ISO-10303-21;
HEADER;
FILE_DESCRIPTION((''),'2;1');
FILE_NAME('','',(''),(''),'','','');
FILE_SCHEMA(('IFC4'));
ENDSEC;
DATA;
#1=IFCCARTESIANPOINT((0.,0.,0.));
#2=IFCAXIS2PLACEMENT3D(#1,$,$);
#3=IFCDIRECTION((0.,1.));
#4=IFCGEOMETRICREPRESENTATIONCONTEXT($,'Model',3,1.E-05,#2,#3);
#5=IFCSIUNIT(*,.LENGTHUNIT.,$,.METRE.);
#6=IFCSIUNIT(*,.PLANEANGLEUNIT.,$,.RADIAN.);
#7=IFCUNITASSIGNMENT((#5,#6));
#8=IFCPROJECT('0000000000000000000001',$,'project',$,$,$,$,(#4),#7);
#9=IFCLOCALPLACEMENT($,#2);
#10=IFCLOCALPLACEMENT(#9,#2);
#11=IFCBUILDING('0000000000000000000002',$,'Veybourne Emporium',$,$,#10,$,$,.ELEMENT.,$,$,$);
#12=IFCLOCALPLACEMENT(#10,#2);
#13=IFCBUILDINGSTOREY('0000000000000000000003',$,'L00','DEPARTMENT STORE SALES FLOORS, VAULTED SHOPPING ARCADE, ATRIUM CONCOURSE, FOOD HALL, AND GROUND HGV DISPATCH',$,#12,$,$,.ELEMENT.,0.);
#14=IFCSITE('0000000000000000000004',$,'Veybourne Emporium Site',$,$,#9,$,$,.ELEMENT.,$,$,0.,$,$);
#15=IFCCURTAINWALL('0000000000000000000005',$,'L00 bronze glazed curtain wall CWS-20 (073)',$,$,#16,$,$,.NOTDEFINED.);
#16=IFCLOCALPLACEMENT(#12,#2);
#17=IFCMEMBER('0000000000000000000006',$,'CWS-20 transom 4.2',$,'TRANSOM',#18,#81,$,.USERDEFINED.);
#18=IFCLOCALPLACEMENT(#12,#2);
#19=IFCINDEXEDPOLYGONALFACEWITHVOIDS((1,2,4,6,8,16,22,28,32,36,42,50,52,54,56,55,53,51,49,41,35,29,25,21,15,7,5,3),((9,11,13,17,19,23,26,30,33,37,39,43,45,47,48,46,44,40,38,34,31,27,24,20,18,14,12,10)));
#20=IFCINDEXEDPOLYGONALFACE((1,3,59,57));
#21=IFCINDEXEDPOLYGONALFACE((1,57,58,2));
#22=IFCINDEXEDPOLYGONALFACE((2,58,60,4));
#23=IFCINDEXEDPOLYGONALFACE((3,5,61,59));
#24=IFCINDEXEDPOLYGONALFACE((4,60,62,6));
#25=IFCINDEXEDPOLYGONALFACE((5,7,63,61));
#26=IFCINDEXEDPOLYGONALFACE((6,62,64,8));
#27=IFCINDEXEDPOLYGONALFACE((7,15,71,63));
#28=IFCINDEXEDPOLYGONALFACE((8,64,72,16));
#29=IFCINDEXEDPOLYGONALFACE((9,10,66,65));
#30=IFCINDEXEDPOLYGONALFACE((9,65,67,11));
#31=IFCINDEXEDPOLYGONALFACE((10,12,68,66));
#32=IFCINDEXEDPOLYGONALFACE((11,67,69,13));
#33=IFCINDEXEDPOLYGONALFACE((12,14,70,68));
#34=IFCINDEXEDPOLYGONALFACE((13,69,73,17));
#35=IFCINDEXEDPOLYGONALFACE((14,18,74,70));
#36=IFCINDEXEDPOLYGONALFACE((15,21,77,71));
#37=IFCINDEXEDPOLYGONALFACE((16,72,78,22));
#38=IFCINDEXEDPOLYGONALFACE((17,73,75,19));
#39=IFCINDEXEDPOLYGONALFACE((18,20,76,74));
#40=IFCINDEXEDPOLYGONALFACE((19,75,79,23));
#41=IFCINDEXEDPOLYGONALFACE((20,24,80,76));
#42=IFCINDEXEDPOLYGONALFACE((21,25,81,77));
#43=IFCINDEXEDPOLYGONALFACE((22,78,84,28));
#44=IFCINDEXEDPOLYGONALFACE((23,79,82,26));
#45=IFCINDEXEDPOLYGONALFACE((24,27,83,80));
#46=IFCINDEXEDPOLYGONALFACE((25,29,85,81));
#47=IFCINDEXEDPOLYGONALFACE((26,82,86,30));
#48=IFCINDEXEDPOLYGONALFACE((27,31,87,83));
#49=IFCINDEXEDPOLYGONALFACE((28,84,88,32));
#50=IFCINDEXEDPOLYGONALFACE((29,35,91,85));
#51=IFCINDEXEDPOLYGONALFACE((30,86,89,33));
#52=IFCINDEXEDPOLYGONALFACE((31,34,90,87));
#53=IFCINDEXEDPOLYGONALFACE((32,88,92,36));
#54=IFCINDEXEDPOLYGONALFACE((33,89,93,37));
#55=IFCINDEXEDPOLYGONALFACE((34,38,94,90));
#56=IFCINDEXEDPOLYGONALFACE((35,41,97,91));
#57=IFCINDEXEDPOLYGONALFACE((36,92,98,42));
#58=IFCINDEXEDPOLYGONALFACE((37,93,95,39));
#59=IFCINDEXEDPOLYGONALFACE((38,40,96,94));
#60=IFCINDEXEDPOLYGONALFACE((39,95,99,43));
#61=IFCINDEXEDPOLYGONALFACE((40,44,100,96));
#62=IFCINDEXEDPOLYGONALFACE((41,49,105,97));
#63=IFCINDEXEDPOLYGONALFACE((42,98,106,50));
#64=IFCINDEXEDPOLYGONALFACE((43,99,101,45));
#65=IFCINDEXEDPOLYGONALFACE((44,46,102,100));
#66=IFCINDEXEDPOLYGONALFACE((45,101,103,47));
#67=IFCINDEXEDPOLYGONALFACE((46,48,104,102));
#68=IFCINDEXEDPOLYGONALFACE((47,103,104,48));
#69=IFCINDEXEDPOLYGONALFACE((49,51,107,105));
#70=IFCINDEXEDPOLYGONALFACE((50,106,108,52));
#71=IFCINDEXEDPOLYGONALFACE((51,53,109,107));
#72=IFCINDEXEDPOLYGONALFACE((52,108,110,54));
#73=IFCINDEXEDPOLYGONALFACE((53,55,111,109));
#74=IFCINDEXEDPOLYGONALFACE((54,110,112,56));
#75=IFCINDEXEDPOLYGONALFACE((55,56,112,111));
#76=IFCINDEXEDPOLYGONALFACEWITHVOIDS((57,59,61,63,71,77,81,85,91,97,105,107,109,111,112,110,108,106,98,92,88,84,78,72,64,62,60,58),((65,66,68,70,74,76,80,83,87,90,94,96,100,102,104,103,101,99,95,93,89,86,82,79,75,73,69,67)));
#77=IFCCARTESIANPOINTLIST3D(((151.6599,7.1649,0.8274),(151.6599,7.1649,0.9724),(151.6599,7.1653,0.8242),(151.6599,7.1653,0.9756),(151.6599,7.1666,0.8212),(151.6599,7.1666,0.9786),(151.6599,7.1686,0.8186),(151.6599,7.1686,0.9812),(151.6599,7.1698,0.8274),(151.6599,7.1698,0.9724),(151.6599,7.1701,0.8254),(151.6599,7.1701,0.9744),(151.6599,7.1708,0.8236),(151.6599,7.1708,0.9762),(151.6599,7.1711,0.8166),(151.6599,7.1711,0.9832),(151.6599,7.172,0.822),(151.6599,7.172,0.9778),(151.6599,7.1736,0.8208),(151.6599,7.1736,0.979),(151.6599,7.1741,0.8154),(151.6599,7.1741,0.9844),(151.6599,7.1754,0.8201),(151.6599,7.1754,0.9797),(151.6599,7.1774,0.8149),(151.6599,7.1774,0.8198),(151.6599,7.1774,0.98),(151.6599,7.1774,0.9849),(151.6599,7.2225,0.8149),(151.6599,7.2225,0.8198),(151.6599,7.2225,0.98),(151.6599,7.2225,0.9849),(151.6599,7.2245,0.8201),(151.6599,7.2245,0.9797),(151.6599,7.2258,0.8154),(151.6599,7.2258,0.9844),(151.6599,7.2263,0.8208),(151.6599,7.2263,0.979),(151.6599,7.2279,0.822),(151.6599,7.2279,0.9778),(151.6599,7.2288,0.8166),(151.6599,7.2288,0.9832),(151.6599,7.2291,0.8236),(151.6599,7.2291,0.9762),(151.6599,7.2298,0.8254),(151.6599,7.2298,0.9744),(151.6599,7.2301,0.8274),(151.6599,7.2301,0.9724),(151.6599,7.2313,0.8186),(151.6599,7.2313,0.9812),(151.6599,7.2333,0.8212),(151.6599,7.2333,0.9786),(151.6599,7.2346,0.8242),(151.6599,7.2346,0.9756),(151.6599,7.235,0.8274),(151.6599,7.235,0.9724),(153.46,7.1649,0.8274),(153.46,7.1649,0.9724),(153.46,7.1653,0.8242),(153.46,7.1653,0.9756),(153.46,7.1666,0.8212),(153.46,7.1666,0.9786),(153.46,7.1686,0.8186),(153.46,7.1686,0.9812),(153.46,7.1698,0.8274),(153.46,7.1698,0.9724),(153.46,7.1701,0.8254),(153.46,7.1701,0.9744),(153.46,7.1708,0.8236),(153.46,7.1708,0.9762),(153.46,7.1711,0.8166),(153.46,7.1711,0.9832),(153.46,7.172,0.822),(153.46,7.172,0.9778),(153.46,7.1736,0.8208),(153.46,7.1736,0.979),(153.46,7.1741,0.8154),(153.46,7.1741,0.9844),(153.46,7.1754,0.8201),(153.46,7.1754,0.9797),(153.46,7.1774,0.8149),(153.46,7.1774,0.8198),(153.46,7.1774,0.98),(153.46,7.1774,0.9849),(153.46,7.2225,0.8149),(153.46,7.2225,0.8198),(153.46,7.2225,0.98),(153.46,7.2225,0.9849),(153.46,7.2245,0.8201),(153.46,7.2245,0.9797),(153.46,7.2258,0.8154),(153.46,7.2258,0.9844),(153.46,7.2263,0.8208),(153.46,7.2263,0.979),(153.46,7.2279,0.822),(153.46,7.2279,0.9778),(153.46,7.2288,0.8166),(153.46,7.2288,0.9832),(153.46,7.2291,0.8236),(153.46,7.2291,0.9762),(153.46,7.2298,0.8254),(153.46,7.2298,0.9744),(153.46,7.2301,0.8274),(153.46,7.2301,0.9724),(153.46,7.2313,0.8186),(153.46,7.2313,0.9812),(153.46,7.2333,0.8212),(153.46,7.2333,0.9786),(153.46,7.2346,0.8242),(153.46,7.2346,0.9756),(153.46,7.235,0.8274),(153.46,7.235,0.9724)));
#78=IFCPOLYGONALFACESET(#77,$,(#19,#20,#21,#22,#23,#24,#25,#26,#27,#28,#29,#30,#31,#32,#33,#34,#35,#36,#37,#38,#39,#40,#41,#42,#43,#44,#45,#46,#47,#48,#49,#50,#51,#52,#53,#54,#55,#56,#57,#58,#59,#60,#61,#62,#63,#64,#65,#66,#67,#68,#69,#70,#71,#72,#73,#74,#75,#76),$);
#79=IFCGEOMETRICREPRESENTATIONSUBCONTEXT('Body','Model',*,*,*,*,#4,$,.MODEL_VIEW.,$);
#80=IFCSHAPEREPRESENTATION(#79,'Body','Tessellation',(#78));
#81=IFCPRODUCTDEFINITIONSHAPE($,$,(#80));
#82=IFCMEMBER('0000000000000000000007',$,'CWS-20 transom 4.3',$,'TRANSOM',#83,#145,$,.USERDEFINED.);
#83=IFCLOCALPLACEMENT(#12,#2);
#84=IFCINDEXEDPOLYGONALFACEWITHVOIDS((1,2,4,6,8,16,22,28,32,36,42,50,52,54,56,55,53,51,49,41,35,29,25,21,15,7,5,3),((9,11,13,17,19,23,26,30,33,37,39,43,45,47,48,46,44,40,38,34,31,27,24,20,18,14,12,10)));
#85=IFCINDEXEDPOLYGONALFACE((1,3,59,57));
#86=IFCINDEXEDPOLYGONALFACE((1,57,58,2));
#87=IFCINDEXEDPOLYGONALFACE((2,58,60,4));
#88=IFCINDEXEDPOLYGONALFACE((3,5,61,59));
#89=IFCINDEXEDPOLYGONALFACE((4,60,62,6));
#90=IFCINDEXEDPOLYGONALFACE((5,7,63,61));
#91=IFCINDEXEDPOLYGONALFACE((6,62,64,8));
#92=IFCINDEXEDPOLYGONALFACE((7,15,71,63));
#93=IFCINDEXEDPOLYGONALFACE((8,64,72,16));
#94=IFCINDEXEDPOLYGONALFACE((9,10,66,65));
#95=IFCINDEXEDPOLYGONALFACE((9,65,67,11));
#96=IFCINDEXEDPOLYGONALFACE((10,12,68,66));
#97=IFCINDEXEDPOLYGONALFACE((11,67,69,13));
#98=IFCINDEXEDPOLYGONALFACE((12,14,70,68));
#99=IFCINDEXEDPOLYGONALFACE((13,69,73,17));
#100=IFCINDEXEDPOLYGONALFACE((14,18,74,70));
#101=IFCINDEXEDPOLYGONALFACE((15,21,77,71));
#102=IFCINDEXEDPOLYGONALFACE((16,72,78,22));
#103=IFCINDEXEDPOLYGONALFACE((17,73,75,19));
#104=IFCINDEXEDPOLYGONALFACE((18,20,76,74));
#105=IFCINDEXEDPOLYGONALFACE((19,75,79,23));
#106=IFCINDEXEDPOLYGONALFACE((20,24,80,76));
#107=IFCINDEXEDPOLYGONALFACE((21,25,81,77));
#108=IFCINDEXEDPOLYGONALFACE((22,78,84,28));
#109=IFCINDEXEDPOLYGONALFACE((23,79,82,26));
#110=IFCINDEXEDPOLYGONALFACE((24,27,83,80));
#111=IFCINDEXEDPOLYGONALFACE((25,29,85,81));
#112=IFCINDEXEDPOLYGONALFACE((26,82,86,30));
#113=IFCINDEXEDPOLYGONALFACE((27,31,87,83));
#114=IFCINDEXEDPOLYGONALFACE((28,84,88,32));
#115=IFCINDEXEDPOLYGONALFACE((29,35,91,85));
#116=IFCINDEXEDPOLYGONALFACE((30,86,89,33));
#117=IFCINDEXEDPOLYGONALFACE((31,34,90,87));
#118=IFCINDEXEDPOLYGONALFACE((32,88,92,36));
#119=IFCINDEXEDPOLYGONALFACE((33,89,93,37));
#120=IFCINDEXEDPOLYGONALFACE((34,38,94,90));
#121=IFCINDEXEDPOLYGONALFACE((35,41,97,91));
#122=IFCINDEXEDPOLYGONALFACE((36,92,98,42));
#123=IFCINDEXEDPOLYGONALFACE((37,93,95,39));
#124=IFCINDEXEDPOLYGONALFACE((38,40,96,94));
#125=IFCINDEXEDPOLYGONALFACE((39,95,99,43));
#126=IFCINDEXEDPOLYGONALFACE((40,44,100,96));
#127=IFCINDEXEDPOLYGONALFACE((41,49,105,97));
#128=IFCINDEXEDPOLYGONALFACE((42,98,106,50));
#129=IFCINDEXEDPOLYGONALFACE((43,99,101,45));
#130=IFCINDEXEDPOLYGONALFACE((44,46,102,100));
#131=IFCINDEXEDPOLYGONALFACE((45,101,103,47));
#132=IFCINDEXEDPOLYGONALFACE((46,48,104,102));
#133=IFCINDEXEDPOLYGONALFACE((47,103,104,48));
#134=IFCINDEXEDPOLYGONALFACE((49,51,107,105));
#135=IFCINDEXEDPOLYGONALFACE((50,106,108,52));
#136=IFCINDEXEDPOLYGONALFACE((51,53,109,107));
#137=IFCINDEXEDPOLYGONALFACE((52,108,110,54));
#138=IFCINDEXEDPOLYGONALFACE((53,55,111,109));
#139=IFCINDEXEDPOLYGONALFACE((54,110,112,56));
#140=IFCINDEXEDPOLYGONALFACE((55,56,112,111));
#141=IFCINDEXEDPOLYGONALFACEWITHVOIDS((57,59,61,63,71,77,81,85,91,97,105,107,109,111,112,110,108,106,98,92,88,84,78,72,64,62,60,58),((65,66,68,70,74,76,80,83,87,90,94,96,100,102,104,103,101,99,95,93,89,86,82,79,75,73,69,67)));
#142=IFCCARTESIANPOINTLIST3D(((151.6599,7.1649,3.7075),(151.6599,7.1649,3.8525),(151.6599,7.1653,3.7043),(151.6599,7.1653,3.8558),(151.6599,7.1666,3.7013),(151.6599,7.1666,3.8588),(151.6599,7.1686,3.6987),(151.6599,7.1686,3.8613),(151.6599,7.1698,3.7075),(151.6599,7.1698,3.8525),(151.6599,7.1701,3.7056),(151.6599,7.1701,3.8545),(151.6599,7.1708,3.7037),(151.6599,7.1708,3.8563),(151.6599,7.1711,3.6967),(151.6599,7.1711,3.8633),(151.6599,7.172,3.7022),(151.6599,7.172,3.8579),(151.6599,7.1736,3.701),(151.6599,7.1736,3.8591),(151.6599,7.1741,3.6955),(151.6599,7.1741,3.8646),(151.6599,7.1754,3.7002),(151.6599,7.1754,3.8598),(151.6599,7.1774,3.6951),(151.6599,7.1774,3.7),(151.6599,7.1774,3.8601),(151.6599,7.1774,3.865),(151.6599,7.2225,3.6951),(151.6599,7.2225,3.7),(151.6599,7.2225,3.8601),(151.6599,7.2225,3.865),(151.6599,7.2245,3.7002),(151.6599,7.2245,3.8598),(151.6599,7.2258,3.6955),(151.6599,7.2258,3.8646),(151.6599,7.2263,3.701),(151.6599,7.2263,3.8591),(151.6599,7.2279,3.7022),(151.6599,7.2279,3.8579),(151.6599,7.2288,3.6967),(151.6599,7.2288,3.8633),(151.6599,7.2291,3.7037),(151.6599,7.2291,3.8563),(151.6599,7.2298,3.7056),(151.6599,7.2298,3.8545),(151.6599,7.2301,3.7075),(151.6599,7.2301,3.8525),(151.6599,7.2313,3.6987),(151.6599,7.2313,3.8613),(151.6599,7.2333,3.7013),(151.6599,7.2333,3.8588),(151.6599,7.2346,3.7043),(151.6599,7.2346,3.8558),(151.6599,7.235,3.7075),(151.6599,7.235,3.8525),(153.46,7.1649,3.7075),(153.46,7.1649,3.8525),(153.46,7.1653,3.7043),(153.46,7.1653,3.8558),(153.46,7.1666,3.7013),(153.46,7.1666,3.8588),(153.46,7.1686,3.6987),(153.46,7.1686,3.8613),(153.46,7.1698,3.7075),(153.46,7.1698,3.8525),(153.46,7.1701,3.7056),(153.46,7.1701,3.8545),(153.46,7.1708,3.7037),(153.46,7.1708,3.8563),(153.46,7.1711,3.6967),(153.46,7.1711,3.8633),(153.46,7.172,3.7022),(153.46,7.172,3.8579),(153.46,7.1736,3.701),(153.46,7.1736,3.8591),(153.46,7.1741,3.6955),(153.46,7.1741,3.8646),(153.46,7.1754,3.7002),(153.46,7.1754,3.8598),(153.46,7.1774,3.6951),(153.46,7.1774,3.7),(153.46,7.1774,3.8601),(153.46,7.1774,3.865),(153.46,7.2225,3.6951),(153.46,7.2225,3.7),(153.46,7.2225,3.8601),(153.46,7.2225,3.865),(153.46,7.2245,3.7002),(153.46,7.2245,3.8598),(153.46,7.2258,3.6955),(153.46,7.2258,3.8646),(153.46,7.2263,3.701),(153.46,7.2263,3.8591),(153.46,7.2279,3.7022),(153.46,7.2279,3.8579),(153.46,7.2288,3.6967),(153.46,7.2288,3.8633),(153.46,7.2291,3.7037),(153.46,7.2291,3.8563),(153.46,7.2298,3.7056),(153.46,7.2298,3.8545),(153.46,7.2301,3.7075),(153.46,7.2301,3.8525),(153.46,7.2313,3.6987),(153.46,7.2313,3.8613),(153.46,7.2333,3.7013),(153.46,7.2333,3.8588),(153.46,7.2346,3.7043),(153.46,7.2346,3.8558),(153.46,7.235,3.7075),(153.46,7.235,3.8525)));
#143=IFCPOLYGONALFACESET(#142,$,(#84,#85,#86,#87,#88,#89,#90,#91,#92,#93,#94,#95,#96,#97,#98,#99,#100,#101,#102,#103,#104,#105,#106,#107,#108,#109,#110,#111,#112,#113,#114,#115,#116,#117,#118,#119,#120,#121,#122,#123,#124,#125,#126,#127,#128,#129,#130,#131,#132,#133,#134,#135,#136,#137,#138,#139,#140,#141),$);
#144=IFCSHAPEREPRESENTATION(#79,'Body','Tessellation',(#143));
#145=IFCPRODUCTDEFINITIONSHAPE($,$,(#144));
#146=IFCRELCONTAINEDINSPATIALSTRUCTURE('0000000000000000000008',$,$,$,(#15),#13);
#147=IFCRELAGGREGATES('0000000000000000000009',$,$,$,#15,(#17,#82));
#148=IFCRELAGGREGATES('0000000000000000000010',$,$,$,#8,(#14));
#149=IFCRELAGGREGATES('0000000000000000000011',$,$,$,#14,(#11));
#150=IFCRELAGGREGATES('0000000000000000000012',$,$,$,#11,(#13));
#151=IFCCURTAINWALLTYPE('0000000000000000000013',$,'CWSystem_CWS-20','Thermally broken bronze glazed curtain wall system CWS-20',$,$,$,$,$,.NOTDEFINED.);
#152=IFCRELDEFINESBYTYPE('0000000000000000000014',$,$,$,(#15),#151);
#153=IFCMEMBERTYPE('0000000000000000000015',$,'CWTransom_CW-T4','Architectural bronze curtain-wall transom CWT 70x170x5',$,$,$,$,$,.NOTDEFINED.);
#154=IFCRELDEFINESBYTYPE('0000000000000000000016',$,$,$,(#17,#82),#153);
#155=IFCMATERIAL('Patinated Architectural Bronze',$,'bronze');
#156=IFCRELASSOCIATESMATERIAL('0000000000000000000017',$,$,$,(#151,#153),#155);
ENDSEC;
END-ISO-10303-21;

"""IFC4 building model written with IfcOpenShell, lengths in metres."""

from ifc_helpers import new_model, si_unit, direction, frame, origin, origin_2d, place, context, subcontext, project, spatial, hollow_rectangle, extrude, material, material_profile, profile_set, type_object, element, aggregate, save


model = new_model("IFC4")

# Units and contexts
model_context = context("Model", 3, precision=1e-05, world=origin(), true_north=direction((0.0, 1.0)))
body_context = subcontext(model_context, "Body", "Model", "MODEL_VIEW")
ifc_project = project(units=[si_unit("LENGTHUNIT", "METRE"), si_unit("PLANEANGLEUNIT", "RADIAN")], contexts=[model_context])

# Site, building, storey
site_placement = place(None, origin())
site = spatial("IfcSite", under=ifc_project, at=site_placement, Name="Veybourne Emporium Site", CompositionType="ELEMENT", RefElevation=0.0)
building_placement = place(site_placement, origin())
building = spatial("IfcBuilding", under=site, at=building_placement, Name="Veybourne Emporium", CompositionType="ELEMENT")
storey_placement = place(building_placement, origin())
storey = spatial("IfcBuildingStorey", under=building, at=storey_placement, Name="L00", Description="DEPARTMENT STORE SALES FLOORS, VAULTED SHOPPING ARCADE, ATRIUM CONCOURSE, FOOD HALL, AND GROUND HGV DISPATCH", CompositionType="ELEMENT", Elevation=0.0)

# Curtain wall
ifc_material_1 = material(Name="Patinated Architectural Bronze", Category="bronze")
curtain_wall_type_1 = type_object("IfcCurtainWallType", Name="CWSystem_CWS-20", Description="Thermally broken bronze glazed curtain wall system CWS-20", PredefinedType="NOTDEFINED", material=ifc_material_1)
curtain_wall_1_placement = place(storey_placement, origin())
curtain_wall_1 = element("IfcCurtainWall", 1, at=curtain_wall_1_placement, inside=storey, type_object=curtain_wall_type_1, Name="L00 bronze glazed curtain wall CWS-20 (073)", PredefinedType="NOTDEFINED")

# Members
ifc_material_profile_1 = material_profile(ifc_material_1, hollow_rectangle(XDim=0.0701, YDim=0.1699, WallThickness=0.0049, InnerFilletRadius=0.0076, OuterFilletRadius=0.0125, at=origin_2d()), Name="CWT 70x170x5")
ifc_profile_set_1 = profile_set([ifc_material_profile_1], Name="Patinated Architectural Bronze")
member_type_1 = type_object("IfcMemberType", Name="CWTransom_CW-T4", Description="Architectural bronze curtain-wall transom CWT 70x170x5", PredefinedType="NOTDEFINED", material=ifc_profile_set_1)
member_1_placement = place(storey_placement, frame((153.46, 7.2, 0.8999), z_axis=(-1.0, 0.0, 0.0), x_axis=(0.0, -1.0, 0.0)))
member_1 = element("IfcMember", 2, at=member_1_placement, type_object=member_type_1, Name="CWS-20 transom 4.2", ObjectType="TRANSOM", PredefinedType="USERDEFINED", context=body_context, shape_type="SweptSolid", body=[
    extrude(hollow_rectangle(XDim=0.0701, YDim=0.1699, WallThickness=0.0049, InnerFilletRadius=0.0076, OuterFilletRadius=0.0125, at=origin_2d()), origin(), (0.0, 0.0, 1.0), 1.8),
])
member_2_placement = place(storey_placement, frame((153.46, 7.2, 3.78), z_axis=(-1.0, 0.0, 0.0), x_axis=(0.0, -1.0, 0.0)))
member_2 = element("IfcMember", 3, at=member_2_placement, type_object=member_type_1, Name="CWS-20 transom 4.3", ObjectType="TRANSOM", PredefinedType="USERDEFINED", context=body_context, shape_type="SweptSolid", body=[
    extrude(hollow_rectangle(XDim=0.0701, YDim=0.1699, WallThickness=0.0049, InnerFilletRadius=0.0076, OuterFilletRadius=0.0125, at=origin_2d()), origin(), (0.0, 0.0, 1.0), 1.8),
])

aggregate(curtain_wall_1, [member_1, member_2])

save(model, "model.ifc")
